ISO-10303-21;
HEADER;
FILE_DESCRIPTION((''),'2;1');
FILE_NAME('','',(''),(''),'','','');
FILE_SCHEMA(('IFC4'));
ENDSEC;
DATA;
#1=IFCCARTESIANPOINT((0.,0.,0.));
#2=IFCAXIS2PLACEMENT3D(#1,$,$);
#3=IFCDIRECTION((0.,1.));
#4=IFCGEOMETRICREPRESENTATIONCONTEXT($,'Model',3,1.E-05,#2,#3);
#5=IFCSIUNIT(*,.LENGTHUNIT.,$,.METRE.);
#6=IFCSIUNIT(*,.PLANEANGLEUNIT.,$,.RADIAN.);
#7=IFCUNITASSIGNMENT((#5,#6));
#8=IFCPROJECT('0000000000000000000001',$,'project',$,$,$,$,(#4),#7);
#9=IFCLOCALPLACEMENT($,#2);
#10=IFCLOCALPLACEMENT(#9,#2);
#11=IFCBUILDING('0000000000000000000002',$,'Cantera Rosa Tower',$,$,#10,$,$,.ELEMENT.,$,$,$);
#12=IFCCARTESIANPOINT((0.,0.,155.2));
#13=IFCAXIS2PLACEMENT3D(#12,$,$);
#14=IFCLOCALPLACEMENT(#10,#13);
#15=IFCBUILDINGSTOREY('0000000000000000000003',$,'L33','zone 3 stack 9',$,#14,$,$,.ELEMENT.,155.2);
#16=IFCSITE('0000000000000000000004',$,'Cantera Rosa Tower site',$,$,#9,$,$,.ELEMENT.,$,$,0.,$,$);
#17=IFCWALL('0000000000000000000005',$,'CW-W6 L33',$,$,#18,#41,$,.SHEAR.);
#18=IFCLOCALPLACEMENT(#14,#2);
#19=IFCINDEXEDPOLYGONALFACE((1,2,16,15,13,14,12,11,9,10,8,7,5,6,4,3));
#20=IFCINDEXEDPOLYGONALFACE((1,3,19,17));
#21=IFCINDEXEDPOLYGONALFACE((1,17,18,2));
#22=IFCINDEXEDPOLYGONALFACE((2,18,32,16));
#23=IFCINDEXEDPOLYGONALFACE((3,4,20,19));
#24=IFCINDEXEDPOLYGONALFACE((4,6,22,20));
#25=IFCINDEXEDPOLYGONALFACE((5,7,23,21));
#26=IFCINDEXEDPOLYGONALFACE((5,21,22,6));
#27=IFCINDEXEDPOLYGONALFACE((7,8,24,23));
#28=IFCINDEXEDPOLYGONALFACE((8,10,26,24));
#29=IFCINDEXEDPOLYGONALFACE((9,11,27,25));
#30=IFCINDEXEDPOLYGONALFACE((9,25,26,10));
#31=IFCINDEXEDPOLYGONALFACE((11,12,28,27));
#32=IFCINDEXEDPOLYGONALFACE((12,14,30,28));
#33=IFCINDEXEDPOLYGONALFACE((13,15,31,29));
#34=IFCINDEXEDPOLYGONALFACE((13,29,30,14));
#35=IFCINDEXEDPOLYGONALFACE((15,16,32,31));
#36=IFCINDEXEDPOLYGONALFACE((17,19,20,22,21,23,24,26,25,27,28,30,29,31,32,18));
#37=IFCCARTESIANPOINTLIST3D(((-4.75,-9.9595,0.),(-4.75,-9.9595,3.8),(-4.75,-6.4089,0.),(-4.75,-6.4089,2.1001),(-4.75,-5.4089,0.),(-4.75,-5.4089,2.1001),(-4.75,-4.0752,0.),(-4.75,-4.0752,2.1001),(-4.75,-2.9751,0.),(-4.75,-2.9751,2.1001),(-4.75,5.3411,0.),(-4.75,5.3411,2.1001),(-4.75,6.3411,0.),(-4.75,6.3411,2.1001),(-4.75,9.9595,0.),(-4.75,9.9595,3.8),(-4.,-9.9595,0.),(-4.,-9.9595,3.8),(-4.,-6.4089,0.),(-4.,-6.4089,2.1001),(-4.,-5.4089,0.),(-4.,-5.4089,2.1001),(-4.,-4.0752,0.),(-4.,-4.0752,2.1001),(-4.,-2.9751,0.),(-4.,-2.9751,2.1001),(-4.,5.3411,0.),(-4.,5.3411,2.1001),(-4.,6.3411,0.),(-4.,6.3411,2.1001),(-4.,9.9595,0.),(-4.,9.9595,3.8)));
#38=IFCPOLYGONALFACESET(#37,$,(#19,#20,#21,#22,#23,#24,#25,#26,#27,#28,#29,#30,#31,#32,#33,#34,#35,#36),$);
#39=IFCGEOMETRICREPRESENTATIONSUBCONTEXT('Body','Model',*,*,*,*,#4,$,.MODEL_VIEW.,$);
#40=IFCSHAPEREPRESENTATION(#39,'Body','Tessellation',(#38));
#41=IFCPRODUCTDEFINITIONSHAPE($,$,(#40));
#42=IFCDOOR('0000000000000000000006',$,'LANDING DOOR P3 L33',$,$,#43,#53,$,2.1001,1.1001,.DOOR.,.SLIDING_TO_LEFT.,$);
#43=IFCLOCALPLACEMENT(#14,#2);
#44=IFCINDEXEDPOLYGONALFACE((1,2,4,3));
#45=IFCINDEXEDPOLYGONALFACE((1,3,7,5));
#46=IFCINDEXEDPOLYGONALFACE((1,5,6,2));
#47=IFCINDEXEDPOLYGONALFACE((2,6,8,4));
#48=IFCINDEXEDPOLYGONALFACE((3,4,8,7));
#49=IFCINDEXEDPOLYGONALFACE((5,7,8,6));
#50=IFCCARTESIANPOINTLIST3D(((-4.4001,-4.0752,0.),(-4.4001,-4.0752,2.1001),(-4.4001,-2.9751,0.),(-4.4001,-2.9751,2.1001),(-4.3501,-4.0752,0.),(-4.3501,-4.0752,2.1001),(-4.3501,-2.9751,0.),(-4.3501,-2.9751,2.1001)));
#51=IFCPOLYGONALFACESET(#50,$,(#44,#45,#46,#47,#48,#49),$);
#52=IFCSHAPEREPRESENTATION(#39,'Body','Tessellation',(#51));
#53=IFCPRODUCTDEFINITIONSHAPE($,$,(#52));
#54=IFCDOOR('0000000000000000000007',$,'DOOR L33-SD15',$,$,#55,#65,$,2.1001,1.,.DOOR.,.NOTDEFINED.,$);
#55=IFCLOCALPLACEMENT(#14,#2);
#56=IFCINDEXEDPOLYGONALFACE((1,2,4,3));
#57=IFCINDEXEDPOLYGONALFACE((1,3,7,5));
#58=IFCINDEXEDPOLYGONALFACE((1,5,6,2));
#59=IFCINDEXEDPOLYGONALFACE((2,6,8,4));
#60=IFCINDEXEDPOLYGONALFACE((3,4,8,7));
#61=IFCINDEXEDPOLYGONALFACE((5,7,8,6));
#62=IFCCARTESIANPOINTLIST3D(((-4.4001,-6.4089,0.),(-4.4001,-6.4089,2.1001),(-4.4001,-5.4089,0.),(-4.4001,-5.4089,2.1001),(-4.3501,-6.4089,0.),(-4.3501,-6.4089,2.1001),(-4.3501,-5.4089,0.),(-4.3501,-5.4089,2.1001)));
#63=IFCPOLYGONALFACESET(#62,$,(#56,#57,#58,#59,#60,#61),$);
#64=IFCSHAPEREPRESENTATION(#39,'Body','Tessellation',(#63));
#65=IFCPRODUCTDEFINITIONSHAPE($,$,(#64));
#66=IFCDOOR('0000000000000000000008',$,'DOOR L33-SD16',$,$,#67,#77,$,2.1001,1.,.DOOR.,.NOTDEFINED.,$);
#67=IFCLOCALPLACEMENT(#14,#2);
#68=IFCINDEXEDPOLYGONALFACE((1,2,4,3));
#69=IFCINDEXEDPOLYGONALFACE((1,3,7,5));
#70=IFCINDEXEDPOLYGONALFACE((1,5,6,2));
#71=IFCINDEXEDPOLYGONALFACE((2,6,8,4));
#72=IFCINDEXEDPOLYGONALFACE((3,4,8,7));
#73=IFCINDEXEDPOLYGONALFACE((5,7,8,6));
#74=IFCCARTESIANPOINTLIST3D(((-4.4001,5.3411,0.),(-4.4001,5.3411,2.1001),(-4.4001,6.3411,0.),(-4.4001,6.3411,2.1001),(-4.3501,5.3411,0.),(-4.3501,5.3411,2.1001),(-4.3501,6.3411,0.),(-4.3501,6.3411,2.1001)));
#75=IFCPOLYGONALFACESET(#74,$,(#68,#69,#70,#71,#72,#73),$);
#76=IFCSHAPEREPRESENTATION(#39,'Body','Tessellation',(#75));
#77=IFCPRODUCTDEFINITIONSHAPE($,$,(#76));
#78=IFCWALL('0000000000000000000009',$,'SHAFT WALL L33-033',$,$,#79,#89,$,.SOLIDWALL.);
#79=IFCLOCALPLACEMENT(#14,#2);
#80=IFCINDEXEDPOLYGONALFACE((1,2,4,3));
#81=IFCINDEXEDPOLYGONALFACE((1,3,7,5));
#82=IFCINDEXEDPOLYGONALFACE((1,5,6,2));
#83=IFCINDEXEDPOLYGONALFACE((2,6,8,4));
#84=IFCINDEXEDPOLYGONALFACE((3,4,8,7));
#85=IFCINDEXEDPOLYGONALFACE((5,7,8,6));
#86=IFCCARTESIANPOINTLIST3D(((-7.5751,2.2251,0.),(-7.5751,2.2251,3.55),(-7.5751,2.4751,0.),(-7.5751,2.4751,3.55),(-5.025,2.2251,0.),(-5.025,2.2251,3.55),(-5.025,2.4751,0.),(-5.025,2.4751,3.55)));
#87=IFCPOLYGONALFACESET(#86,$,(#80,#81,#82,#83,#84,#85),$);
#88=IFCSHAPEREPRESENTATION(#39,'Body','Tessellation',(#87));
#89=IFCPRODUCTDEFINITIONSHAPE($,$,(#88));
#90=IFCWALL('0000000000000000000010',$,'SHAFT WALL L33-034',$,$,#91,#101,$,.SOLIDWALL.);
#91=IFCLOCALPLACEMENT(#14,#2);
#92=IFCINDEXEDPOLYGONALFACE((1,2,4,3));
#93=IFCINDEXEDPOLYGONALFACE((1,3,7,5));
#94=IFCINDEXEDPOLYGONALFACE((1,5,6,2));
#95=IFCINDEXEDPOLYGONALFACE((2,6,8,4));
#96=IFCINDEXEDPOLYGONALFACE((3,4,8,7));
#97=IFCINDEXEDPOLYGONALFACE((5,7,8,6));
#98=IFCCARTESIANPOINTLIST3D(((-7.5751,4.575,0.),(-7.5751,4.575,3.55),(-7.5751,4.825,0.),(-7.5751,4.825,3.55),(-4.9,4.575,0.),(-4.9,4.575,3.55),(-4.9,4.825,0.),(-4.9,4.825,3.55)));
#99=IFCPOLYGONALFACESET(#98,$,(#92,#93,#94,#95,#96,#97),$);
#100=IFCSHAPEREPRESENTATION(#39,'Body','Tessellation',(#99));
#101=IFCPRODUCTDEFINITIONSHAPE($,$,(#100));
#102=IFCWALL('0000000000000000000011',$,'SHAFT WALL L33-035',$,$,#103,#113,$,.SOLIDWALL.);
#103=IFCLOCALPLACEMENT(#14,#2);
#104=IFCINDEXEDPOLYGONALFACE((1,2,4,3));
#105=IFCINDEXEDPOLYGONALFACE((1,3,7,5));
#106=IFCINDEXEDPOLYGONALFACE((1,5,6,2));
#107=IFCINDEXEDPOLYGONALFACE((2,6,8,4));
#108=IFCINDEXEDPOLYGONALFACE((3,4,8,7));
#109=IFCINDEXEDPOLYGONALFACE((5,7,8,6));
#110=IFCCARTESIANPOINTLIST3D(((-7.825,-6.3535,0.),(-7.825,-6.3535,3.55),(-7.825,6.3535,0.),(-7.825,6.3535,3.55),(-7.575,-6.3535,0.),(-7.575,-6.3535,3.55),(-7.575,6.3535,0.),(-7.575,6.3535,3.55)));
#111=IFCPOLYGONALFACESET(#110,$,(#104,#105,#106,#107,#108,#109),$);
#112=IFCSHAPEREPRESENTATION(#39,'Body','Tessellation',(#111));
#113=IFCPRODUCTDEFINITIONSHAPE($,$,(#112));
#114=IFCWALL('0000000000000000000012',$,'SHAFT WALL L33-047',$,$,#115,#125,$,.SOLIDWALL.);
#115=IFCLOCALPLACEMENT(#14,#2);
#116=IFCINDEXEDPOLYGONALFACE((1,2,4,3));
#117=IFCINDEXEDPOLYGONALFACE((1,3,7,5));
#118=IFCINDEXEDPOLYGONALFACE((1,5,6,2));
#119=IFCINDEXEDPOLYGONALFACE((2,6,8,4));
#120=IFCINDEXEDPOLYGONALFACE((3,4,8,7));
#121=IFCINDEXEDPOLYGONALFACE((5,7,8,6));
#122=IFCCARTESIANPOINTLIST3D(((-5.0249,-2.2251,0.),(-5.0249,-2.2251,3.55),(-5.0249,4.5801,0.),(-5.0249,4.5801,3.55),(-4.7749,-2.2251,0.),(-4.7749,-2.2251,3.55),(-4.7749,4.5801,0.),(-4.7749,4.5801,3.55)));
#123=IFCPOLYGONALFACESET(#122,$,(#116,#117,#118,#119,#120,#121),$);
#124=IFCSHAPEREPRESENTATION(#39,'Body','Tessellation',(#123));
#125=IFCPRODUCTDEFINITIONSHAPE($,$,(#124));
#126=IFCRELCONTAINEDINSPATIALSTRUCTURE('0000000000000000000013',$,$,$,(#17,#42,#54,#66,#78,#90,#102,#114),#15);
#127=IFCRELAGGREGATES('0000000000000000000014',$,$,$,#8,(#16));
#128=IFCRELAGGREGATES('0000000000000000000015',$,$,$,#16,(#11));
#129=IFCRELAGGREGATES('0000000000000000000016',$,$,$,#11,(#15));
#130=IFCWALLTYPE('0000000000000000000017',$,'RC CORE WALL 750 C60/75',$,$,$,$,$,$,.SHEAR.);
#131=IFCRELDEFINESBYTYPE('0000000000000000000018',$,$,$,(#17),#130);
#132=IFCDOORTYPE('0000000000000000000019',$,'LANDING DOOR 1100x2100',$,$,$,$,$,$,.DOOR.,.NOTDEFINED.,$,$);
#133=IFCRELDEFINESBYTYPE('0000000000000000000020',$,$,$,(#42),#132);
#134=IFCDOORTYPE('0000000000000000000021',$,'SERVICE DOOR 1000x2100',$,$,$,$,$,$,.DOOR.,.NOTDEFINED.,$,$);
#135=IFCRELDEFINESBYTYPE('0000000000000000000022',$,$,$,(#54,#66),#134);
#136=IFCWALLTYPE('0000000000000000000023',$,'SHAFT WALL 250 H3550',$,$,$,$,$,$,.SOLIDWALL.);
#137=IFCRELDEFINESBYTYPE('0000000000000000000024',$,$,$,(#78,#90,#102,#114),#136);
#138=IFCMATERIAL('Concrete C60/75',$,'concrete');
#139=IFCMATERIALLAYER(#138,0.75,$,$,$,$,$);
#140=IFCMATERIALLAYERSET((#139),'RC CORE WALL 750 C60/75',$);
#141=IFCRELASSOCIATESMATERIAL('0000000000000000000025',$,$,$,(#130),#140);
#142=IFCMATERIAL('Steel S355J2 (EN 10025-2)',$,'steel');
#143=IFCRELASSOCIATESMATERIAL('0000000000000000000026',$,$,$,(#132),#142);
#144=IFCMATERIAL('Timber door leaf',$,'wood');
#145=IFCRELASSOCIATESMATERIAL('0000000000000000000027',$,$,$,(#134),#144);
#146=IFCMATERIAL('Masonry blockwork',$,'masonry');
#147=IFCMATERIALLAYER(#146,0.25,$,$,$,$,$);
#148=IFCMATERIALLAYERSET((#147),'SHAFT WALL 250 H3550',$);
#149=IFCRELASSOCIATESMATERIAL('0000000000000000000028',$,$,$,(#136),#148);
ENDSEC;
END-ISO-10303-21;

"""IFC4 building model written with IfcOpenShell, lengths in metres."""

from ifc_helpers import new_model, si_unit, direction, frame, frame_2d, origin, place, context, subcontext, project, spatial, rectangle, extrude, material, layer, layer_set, type_object, element, fill, save


model = new_model("IFC4")

# Units and contexts
model_context = context("Model", 3, precision=1e-05, world=origin(), true_north=direction((0.0, 1.0)))
body_context = subcontext(model_context, "Body", "Model", "MODEL_VIEW")
ifc_project = project(units=[si_unit("LENGTHUNIT", "METRE"), si_unit("PLANEANGLEUNIT", "RADIAN")], contexts=[model_context])

# Site, building, storey
site_placement = place(None, origin())
site = spatial("IfcSite", under=ifc_project, at=site_placement, Name="Cantera Rosa Tower site", CompositionType="ELEMENT", RefElevation=0.0)
building_placement = place(site_placement, origin())
building = spatial("IfcBuilding", under=site, at=building_placement, Name="Cantera Rosa Tower", CompositionType="ELEMENT")
storey_placement = place(building_placement, frame((0.0, 0.0, 155.2)))
storey = spatial("IfcBuildingStorey", under=building, at=storey_placement, Name="L33", Description="zone 3 stack 9", CompositionType="ELEMENT", Elevation=155.2)

# Shared definitions
ifc_material_1 = material(Name="Concrete C60/75", Category="concrete")
ifc_layer_1 = layer(ifc_material_1, 0.75)
ifc_layer_set_1 = layer_set([ifc_layer_1], Name="RC CORE WALL 750 C60/75")
wall_type_1 = type_object("IfcWallType", Name="RC CORE WALL 750 C60/75", PredefinedType="SHEAR", material=ifc_layer_set_1)

# Wall, openings, doors
wall_1_placement = place(storey_placement, frame((-4.375, 9.9595, 0.0), z_axis=(0.0, 0.0, 1.0), x_axis=(0.0, -1.0, 0.0)))
wall_1 = element("IfcWall", 1, at=wall_1_placement, inside=storey, type_object=wall_type_1, Name="CW-W6 L33", PredefinedType="SHEAR", context=body_context, shape_type="SweptSolid", body=[
    extrude(rectangle(XDim=19.9189, YDim=0.75, at=frame_2d((9.9595, 0.0))), origin(), (0.0, 0.0, 1.0), 3.8),
])
opening_1_placement = place(wall_1_placement, frame((12.9346, 0.0, 0.0)))
opening_1 = element("IfcOpeningElement", 2, at=opening_1_placement, cuts=wall_1, PredefinedType="OPENING", context=body_context, shape_type="SweptSolid", body=[
    extrude(rectangle(XDim=1.1001, YDim=2.1001, at=frame_2d((0.55, 1.05))), frame((0.0, 0.385, 0.0), z_axis=(0.0, -1.0, 0.0), x_axis=(1.0, 0.0, 0.0)), (0.0, 0.0, 1.0), 0.77),
])
opening_2_placement = place(wall_1_placement, frame((15.3684, 0.0, 0.0)))
opening_2 = element("IfcOpeningElement", 3, at=opening_2_placement, cuts=wall_1, PredefinedType="OPENING", context=body_context, shape_type="SweptSolid", body=[
    extrude(rectangle(XDim=1.0, YDim=2.1001, at=frame_2d((0.5, 1.05))), frame((0.0, 0.385, 0.0), z_axis=(0.0, -1.0, 0.0), x_axis=(1.0, 0.0, 0.0)), (0.0, 0.0, 1.0), 0.77),
])
opening_3_placement = place(wall_1_placement, frame((3.6184, 0.0, 0.0)))
opening_3 = element("IfcOpeningElement", 4, at=opening_3_placement, cuts=wall_1, PredefinedType="OPENING", context=body_context, shape_type="SweptSolid", body=[
    extrude(rectangle(XDim=1.0, YDim=2.1001, at=frame_2d((0.5, 1.05))), frame((0.0, 0.385, 0.0), z_axis=(0.0, -1.0, 0.0), x_axis=(1.0, 0.0, 0.0)), (0.0, 0.0, 1.0), 0.77),
])
ifc_material_2 = material(Name="Steel S355J2 (EN 10025-2)", Category="steel")
door_type_1 = type_object("IfcDoorType", Name="LANDING DOOR 1100x2100", OperationType="NOTDEFINED", PredefinedType="DOOR", material=ifc_material_2)
door_1_placement = place(opening_1_placement, origin())
door_1 = element("IfcDoor", 5, at=door_1_placement, inside=storey, type_object=door_type_1, Name="LANDING DOOR P3 L33", OperationType="SLIDING_TO_LEFT", OverallHeight=2.1001, OverallWidth=1.1001, PredefinedType="DOOR", context=body_context, shape_type="SweptSolid", body=[
    extrude(rectangle(XDim=1.1001, YDim=2.1001, at=frame_2d((0.55, 1.05))), frame((0.0, 0.0249, 0.0), z_axis=(0.0, -1.0, 0.0), x_axis=(1.0, 0.0, 0.0)), (0.0, 0.0, 1.0), 0.05),
])
fill(opening_1, door_1)
ifc_material_3 = material(Name="Timber door leaf", Category="wood")
door_type_2 = type_object("IfcDoorType", Name="SERVICE DOOR 1000x2100", OperationType="NOTDEFINED", PredefinedType="DOOR", material=ifc_material_3)
door_2_placement = place(opening_2_placement, origin())
door_2 = element("IfcDoor", 6, at=door_2_placement, inside=storey, type_object=door_type_2, Name="DOOR L33-SD15", OperationType="NOTDEFINED", OverallHeight=2.1001, OverallWidth=1.0, PredefinedType="DOOR", context=body_context, shape_type="SweptSolid", body=[
    extrude(rectangle(XDim=1.0, YDim=2.1001, at=frame_2d((0.5, 1.05))), frame((0.0, 0.0249, 0.0), z_axis=(0.0, -1.0, 0.0), x_axis=(1.0, 0.0, 0.0)), (0.0, 0.0, 1.0), 0.05),
])
fill(opening_2, door_2)
door_3_placement = place(opening_3_placement, origin())
door_3 = element("IfcDoor", 7, at=door_3_placement, inside=storey, type_object=door_type_2, Name="DOOR L33-SD16", OperationType="NOTDEFINED", OverallHeight=2.1001, OverallWidth=1.0, PredefinedType="DOOR", context=body_context, shape_type="SweptSolid", body=[
    extrude(rectangle(XDim=1.0, YDim=2.1001, at=frame_2d((0.5, 1.05))), frame((0.0, 0.0249, 0.0), z_axis=(0.0, -1.0, 0.0), x_axis=(1.0, 0.0, 0.0)), (0.0, 0.0, 1.0), 0.05),
])
fill(opening_3, door_3)

# Walls
ifc_material_4 = material(Name="Masonry blockwork", Category="masonry")
ifc_layer_2 = layer(ifc_material_4, 0.25)
ifc_layer_set_2 = layer_set([ifc_layer_2], Name="SHAFT WALL 250 H3550")
wall_type_2 = type_object("IfcWallType", Name="SHAFT WALL 250 H3550", PredefinedType="SOLIDWALL", material=ifc_layer_set_2)
wall_2_placement = place(storey_placement, frame((-7.575, 2.3501, 0.0), z_axis=(0.0, 0.0, 1.0), x_axis=(1.0, 0.0, 0.0)))
element("IfcWall", 8, at=wall_2_placement, inside=storey, type_object=wall_type_2, Name="SHAFT WALL L33-033", PredefinedType="SOLIDWALL", context=body_context, shape_type="SweptSolid", body=[
    extrude(rectangle(XDim=2.55, YDim=0.25, at=frame_2d((1.2749, 0.0))), origin(), (0.0, 0.0, 1.0), 3.55),
])
wall_3_placement = place(storey_placement, frame((-7.575, 4.7, 0.0), z_axis=(0.0, 0.0, 1.0), x_axis=(1.0, 0.0, 0.0)))
element("IfcWall", 9, at=wall_3_placement, inside=storey, type_object=wall_type_2, Name="SHAFT WALL L33-034", PredefinedType="SOLIDWALL", context=body_context, shape_type="SweptSolid", body=[
    extrude(rectangle(XDim=2.675, YDim=0.25, at=frame_2d((1.3374, 0.0))), origin(), (0.0, 0.0, 1.0), 3.55),
])
wall_4_placement = place(storey_placement, frame((-7.7, 6.3535, 0.0), z_axis=(0.0, 0.0, 1.0), x_axis=(0.0, -1.0, 0.0)))
element("IfcWall", 10, at=wall_4_placement, inside=storey, type_object=wall_type_2, Name="SHAFT WALL L33-035", PredefinedType="SOLIDWALL", context=body_context, shape_type="SweptSolid", body=[
    extrude(rectangle(XDim=12.707, YDim=0.25, at=frame_2d((6.3535, 0.0))), origin(), (0.0, 0.0, 1.0), 3.55),
])
wall_5_placement = place(storey_placement, frame((-4.8999, 4.5801, 0.0), z_axis=(0.0, 0.0, 1.0), x_axis=(0.0, -1.0, 0.0)))
element("IfcWall", 11, at=wall_5_placement, inside=storey, type_object=wall_type_2, Name="SHAFT WALL L33-047", PredefinedType="SOLIDWALL", context=body_context, shape_type="SweptSolid", body=[
    extrude(rectangle(XDim=6.8052, YDim=0.25, at=frame_2d((3.4026, 0.0))), origin(), (0.0, 0.0, 1.0), 3.55),
])

save(model, "model.ifc")
